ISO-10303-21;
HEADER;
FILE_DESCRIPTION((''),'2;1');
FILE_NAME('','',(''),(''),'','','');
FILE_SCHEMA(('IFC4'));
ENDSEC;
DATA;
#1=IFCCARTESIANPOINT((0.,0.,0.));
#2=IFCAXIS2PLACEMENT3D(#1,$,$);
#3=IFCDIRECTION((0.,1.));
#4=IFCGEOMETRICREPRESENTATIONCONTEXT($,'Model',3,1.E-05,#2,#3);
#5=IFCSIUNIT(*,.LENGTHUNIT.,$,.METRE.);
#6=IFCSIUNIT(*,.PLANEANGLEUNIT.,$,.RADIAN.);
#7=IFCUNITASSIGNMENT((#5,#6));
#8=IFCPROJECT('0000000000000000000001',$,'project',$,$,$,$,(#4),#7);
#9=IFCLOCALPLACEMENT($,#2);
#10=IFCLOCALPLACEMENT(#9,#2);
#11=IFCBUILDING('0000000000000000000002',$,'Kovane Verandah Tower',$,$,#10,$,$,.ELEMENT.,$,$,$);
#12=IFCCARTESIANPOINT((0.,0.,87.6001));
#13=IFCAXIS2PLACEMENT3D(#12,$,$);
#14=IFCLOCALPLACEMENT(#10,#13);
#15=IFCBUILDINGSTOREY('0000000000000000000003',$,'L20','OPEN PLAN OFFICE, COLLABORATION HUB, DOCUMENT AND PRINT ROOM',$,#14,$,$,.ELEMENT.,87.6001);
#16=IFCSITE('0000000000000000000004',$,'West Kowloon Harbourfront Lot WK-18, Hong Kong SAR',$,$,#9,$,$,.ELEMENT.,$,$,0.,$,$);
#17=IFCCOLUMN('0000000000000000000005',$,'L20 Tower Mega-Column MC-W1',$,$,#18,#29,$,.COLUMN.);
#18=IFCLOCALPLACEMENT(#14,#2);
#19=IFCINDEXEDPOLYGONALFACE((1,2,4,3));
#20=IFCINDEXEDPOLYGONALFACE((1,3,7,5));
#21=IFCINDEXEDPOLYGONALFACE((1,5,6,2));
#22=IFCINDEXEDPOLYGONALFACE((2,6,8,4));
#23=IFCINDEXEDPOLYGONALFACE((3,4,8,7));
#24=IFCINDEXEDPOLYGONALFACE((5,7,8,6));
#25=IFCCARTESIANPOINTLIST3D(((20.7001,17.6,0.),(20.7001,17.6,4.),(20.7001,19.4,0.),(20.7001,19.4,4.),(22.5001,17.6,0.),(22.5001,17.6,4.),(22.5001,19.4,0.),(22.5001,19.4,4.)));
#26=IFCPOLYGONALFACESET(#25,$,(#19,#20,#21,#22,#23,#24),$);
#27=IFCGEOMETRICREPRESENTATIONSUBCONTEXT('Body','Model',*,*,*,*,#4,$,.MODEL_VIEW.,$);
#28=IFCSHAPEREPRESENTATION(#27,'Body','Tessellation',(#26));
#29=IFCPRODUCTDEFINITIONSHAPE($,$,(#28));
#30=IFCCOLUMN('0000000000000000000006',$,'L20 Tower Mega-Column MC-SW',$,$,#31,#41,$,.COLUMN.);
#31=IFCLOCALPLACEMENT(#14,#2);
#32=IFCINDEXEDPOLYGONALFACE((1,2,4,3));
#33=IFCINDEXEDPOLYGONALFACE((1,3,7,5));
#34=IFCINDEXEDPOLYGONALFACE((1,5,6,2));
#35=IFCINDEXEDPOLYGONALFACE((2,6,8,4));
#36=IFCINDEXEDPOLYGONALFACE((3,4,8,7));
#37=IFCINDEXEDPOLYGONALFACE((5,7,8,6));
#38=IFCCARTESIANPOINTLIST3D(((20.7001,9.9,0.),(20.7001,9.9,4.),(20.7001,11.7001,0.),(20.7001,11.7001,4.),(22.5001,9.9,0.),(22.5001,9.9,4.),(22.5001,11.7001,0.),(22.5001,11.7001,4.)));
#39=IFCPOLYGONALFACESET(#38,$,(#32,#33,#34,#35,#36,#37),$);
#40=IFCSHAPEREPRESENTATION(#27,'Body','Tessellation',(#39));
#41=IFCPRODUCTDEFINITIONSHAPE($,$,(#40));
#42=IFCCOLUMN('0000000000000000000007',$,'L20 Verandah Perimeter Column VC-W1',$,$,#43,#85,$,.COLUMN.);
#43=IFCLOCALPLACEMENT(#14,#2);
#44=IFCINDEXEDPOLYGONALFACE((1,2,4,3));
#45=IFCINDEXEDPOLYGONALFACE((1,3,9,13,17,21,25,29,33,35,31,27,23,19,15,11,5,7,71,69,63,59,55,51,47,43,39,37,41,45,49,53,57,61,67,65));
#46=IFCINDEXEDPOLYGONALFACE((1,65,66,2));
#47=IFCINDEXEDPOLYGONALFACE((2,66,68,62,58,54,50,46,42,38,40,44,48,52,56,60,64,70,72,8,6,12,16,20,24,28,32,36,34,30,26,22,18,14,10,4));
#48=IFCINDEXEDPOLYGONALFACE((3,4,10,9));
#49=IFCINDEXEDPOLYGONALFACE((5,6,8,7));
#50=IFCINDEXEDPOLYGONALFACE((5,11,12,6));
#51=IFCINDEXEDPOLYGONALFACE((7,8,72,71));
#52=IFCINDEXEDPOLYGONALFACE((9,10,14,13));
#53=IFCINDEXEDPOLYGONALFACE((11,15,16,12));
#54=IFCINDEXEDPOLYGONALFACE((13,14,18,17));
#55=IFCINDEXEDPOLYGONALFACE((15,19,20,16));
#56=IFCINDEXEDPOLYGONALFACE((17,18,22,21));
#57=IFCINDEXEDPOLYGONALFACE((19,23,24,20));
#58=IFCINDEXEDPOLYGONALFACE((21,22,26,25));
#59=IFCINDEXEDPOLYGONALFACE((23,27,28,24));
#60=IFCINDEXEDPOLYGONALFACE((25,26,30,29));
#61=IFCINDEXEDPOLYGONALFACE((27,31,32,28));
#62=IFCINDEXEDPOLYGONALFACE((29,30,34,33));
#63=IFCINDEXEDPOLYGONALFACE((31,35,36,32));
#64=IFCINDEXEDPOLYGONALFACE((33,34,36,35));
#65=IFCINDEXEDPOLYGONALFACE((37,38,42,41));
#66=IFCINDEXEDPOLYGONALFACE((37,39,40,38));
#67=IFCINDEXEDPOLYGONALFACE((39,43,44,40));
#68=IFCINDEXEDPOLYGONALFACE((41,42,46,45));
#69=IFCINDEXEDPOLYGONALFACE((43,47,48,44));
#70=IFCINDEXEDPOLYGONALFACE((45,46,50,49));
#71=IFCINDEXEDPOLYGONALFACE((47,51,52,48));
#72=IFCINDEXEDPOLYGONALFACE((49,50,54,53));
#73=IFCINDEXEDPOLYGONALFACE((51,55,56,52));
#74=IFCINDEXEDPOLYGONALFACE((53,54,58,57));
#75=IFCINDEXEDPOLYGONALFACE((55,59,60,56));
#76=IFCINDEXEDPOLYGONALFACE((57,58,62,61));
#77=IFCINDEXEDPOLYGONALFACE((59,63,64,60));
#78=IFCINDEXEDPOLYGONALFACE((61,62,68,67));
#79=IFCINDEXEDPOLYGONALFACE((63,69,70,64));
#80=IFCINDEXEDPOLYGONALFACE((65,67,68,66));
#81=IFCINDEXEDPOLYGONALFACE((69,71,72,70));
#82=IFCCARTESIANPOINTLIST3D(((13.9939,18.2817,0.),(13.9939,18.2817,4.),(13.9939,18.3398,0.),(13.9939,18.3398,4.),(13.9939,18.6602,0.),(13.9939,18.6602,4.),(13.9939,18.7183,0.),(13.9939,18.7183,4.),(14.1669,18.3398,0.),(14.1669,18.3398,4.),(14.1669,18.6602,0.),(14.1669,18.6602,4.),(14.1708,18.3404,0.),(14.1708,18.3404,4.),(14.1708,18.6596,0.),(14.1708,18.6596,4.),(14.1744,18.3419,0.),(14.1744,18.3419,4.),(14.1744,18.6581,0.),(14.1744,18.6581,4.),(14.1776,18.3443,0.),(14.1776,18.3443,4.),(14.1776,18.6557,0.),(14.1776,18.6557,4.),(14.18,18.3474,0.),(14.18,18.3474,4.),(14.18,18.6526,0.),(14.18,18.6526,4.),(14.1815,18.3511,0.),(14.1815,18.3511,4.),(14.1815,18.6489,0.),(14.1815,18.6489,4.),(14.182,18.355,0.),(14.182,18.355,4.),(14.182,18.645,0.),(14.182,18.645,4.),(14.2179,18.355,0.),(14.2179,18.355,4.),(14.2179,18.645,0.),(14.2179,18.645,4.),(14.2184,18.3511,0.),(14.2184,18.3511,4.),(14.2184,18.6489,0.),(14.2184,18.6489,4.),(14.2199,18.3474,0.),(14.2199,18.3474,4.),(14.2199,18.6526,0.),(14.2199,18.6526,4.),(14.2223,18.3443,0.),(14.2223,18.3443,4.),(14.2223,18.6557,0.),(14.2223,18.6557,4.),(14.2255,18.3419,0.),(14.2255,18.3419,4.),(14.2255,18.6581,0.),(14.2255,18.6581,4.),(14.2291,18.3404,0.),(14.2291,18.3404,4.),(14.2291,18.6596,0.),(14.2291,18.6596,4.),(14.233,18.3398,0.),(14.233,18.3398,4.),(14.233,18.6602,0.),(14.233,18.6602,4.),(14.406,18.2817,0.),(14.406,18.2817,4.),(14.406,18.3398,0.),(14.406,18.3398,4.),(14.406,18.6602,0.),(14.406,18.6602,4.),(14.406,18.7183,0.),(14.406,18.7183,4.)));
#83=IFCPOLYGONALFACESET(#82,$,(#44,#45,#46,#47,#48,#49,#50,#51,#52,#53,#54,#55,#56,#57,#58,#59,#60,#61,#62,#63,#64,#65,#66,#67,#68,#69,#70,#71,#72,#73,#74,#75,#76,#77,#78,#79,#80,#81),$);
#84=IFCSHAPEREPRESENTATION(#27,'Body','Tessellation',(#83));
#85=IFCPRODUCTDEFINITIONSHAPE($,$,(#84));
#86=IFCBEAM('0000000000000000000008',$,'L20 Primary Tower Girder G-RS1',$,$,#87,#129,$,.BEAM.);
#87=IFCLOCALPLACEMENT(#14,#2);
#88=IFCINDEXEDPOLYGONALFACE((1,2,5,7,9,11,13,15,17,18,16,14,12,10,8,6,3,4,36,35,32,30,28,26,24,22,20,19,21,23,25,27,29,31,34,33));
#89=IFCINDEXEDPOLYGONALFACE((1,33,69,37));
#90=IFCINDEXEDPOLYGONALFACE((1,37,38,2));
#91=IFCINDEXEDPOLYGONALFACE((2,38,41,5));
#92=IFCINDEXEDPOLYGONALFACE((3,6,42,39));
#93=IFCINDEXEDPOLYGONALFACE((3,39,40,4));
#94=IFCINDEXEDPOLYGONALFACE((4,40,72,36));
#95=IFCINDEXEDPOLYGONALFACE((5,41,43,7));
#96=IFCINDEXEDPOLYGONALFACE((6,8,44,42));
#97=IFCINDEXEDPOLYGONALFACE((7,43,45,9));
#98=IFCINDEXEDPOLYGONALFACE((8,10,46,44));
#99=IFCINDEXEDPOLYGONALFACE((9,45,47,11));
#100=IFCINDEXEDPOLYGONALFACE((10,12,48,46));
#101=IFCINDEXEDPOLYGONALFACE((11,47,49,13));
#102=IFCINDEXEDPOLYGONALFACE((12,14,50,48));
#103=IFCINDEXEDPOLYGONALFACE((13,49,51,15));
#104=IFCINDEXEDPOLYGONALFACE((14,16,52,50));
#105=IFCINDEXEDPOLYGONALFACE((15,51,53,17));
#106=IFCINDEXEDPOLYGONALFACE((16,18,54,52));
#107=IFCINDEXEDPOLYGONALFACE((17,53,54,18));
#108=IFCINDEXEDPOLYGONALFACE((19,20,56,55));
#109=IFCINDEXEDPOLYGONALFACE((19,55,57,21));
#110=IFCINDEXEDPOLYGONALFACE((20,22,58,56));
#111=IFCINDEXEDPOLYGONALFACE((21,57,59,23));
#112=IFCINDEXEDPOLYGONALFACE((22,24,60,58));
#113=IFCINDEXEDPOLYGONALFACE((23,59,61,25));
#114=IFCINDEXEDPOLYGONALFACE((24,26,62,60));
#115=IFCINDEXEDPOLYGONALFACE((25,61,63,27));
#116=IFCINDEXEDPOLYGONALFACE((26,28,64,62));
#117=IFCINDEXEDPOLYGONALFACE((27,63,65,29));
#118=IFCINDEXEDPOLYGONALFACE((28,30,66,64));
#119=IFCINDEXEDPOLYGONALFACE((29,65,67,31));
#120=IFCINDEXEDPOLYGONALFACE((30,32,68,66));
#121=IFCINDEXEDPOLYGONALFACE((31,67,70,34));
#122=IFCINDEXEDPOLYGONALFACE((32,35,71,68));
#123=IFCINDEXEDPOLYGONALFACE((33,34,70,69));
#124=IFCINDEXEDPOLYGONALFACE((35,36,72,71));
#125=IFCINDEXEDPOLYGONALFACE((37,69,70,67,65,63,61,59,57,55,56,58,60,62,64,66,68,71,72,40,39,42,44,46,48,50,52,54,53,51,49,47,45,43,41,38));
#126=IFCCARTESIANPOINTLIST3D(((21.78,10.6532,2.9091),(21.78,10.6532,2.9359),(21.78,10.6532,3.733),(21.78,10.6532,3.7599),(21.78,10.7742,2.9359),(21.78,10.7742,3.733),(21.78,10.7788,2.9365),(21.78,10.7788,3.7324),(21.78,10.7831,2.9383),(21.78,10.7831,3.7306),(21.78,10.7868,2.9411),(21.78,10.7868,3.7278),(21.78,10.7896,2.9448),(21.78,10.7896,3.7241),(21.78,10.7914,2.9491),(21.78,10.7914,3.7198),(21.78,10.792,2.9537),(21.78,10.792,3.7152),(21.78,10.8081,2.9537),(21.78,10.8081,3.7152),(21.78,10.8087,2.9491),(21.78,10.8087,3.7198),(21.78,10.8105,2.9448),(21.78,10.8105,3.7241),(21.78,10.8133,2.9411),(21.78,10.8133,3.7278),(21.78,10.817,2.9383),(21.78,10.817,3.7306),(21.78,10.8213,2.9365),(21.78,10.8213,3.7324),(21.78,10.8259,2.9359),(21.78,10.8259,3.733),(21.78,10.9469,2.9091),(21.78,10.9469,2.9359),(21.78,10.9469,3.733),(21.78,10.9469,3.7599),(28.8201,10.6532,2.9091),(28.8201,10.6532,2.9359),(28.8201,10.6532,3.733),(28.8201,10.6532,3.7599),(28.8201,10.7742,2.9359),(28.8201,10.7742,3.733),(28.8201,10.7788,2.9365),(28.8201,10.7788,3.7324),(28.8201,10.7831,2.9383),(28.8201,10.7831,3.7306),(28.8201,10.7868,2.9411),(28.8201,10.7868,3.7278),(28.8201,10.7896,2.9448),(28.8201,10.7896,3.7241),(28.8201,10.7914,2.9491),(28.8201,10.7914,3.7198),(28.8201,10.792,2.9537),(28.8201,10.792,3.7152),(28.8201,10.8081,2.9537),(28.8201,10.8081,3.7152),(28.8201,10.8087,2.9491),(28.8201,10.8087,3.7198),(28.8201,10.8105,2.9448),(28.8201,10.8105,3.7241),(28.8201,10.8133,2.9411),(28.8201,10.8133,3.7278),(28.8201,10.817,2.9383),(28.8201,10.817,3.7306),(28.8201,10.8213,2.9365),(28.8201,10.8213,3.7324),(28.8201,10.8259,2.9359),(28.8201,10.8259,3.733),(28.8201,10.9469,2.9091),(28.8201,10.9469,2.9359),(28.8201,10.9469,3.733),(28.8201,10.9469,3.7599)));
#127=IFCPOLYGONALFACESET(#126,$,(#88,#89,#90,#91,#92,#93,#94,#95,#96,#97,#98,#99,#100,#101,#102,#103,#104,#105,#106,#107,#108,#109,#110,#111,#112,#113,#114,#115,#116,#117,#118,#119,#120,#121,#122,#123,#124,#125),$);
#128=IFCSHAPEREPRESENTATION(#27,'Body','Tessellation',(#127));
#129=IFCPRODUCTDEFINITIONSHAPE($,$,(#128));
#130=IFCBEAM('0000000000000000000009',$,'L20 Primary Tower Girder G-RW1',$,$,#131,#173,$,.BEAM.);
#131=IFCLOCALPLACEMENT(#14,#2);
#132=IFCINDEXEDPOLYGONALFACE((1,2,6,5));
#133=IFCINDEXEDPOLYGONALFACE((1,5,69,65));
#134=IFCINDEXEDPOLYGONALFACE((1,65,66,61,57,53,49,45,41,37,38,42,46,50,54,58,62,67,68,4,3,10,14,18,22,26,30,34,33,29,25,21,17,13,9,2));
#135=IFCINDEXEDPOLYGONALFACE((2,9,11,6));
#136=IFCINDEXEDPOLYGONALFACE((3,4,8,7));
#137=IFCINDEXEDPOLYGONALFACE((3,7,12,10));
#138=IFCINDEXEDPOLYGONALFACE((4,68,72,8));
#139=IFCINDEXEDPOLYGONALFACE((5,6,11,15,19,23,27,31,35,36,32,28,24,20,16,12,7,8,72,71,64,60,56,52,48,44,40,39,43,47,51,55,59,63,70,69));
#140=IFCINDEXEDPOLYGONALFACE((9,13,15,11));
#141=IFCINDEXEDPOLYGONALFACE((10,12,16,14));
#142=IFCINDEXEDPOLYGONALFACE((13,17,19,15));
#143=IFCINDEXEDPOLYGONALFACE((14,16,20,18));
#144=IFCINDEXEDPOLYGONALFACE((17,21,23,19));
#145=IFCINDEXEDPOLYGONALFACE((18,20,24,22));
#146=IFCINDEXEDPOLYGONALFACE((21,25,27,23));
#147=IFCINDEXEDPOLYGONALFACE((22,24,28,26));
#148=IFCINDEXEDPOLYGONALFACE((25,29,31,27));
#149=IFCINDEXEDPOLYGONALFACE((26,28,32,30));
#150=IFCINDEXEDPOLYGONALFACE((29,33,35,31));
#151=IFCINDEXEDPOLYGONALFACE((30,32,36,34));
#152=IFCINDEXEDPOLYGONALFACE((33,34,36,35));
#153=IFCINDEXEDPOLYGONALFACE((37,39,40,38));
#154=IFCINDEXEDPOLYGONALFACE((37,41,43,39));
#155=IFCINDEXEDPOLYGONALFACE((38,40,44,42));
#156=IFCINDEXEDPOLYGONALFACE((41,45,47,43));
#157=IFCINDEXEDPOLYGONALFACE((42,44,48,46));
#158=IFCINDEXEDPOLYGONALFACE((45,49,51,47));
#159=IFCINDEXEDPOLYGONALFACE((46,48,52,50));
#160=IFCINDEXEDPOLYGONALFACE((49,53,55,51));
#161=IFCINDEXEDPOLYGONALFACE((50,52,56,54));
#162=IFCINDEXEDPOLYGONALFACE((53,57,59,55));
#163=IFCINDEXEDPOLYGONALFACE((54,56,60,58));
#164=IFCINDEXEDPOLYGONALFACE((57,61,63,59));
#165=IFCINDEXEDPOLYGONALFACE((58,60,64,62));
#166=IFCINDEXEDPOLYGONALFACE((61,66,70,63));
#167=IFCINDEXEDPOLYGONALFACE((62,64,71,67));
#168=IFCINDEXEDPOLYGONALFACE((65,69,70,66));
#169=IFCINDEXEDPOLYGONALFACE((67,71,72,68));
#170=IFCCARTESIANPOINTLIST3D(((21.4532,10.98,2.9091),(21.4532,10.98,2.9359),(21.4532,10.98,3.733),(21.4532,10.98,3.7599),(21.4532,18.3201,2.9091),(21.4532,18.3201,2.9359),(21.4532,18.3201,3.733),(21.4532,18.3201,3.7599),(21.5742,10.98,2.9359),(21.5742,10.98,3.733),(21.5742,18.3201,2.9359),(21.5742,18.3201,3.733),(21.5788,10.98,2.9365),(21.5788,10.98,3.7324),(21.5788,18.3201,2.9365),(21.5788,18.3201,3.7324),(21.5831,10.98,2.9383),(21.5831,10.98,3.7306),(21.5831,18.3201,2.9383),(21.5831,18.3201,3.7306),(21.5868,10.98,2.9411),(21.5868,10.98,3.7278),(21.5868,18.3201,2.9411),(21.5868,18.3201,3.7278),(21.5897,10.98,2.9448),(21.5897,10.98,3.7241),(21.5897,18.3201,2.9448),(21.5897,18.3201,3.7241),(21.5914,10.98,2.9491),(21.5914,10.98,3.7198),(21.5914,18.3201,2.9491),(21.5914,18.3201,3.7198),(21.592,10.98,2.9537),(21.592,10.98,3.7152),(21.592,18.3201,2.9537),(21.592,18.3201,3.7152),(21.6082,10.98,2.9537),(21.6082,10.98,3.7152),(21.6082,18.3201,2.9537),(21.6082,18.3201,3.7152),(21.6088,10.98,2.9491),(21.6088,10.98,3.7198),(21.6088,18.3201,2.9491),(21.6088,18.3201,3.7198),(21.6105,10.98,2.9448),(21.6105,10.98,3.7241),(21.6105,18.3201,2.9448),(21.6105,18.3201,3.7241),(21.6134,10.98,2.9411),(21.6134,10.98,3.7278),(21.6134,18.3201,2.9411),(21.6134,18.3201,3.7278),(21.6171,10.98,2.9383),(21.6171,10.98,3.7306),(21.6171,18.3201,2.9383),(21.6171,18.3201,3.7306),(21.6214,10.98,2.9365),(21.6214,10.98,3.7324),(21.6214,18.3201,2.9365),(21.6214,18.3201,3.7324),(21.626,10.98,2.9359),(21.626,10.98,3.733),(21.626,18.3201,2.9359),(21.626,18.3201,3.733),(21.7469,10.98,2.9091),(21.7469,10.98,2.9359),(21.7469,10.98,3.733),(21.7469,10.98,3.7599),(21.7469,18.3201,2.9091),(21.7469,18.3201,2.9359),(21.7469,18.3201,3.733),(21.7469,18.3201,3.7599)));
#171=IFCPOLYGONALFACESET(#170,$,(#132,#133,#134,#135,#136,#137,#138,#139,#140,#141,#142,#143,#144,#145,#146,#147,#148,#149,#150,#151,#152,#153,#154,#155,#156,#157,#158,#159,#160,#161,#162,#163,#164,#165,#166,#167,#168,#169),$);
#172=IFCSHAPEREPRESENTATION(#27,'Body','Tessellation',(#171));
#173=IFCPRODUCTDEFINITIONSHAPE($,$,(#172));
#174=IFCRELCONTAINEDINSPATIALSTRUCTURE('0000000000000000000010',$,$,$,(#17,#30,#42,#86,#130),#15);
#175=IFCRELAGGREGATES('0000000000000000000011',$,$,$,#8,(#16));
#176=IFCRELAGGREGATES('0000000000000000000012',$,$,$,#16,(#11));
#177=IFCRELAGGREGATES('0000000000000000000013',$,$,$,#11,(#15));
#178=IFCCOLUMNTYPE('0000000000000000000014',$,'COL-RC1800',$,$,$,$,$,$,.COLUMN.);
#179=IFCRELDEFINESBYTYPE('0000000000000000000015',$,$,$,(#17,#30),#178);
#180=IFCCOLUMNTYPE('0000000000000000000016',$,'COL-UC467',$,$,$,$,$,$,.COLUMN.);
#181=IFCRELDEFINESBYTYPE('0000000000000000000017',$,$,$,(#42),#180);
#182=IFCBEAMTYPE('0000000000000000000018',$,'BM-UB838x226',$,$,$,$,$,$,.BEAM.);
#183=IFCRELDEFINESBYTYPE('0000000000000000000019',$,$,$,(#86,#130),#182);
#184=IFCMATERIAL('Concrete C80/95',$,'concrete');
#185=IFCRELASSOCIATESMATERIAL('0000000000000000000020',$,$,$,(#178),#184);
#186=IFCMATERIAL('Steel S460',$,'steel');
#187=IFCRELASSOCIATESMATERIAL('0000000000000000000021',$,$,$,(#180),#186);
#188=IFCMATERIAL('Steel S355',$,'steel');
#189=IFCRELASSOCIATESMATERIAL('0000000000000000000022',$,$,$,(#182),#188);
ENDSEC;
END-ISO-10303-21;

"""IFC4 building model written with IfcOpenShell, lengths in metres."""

from ifc_helpers import new_model, si_unit, direction, frame, origin, origin_2d, place, context, subcontext, project, spatial, rectangle, i_section, extrude, material, material_profile, profile_set, type_object, element, save


model = new_model("IFC4")

# Units and contexts
model_context = context("Model", 3, precision=1e-05, world=origin(), true_north=direction((0.0, 1.0)))
body_context = subcontext(model_context, "Body", "Model", "MODEL_VIEW")
ifc_project = project(units=[si_unit("LENGTHUNIT", "METRE"), si_unit("PLANEANGLEUNIT", "RADIAN")], contexts=[model_context])

# Site, building, storey
site_placement = place(None, origin())
site = spatial("IfcSite", under=ifc_project, at=site_placement, Name="West Kowloon Harbourfront Lot WK-18, Hong Kong SAR", CompositionType="ELEMENT", RefElevation=0.0)
building_placement = place(site_placement, origin())
building = spatial("IfcBuilding", under=site, at=building_placement, Name="Kovane Verandah Tower", CompositionType="ELEMENT")
storey_placement = place(building_placement, frame((0.0, 0.0, 87.6001)))
storey = spatial("IfcBuildingStorey", under=building, at=storey_placement, Name="L20", Description="OPEN PLAN OFFICE, COLLABORATION HUB, DOCUMENT AND PRINT ROOM", CompositionType="ELEMENT", Elevation=87.6001)

# Columns
ifc_material_1 = material(Name="Concrete C80/95", Category="concrete")
ifc_material_profile_1 = material_profile(ifc_material_1, rectangle(XDim=1.8, YDim=1.8, at=origin_2d()), Name="RC1800x1800")
ifc_profile_set_1 = profile_set([ifc_material_profile_1], Name="Concrete C80/95")
column_type_1 = type_object("IfcColumnType", Name="COL-RC1800", PredefinedType="COLUMN", material=ifc_profile_set_1)
for number, where, z_axis, x_axis, name in (
    (1, (21.6001, 18.5, 0.0), (0.0, 0.0, 1.0), (1.0, 0.0, 0.0), "L20 Tower Mega-Column MC-W1"),
    (2, (21.6001, 10.8, 0.0), (0.0, 0.0, 1.0), (1.0, 0.0, 0.0), "L20 Tower Mega-Column MC-SW"),
):
    element("IfcColumn", number, at=place(storey_placement, frame(where, z_axis=z_axis, x_axis=x_axis)), inside=storey, type_object=column_type_1, Name=name, PredefinedType="COLUMN", context=body_context, shape_type="SweptSolid", body=[
        extrude(rectangle(XDim=1.8, YDim=1.8, at=origin_2d()), origin(), (0.0, 0.0, 1.0), 4.0),
    ])
ifc_material_2 = material(Name="Steel S460", Category="steel")
ifc_material_profile_2 = material_profile(ifc_material_2, i_section(OverallWidth=0.4121, OverallDepth=0.4365, WebThickness=0.0359, FlangeThickness=0.0581, FilletRadius=0.0151, at=origin_2d()), Name="UC356x406x467")
ifc_profile_set_2 = profile_set([ifc_material_profile_2], Name="Steel S460")
column_type_2 = type_object("IfcColumnType", Name="COL-UC467", PredefinedType="COLUMN", material=ifc_profile_set_2)
column_placement = place(storey_placement, frame((14.2, 18.5, 0.0), z_axis=(0.0, 0.0, 1.0), x_axis=(1.0, 0.0, 0.0)))
element("IfcColumn", 3, at=column_placement, inside=storey, type_object=column_type_2, Name="L20 Verandah Perimeter Column VC-W1", PredefinedType="COLUMN", context=body_context, shape_type="SweptSolid", body=[
    extrude(i_section(OverallWidth=0.4121, OverallDepth=0.4365, WebThickness=0.0359, FlangeThickness=0.0581, FilletRadius=0.0151, at=origin_2d()), origin(), (0.0, 0.0, 1.0), 4.0),
])

# Beams
ifc_material_3 = material(Name="Steel S355", Category="steel")
ifc_material_profile_3 = material_profile(ifc_material_3, i_section(OverallWidth=0.2937, OverallDepth=0.8508, WebThickness=0.0161, FlangeThickness=0.0269, FilletRadius=0.0178, at=origin_2d()), Name="UB838x292x226")
ifc_profile_set_3 = profile_set([ifc_material_profile_3], Name="Steel S355")
beam_type_1 = type_object("IfcBeamType", Name="BM-UB838x226", PredefinedType="BEAM", material=ifc_profile_set_3)
beam_1_placement = place(storey_placement, frame((21.78, 10.8, 3.3345), z_axis=(1.0, 0.0, 0.0), x_axis=(0.0, 1.0, 0.0)))
element("IfcBeam", 4, at=beam_1_placement, inside=storey, type_object=beam_type_1, Name="L20 Primary Tower Girder G-RS1", PredefinedType="BEAM", context=body_context, shape_type="SweptSolid", body=[
    extrude(i_section(OverallWidth=0.2937, OverallDepth=0.8508, WebThickness=0.0161, FlangeThickness=0.0269, FilletRadius=0.0178, at=origin_2d()), origin(), (0.0, 0.0, 1.0), 7.04),
])
beam_2_placement = place(storey_placement, frame((21.6001, 10.98, 3.3345), z_axis=(0.0, 1.0, 0.0), x_axis=(-1.0, 0.0, 0.0)))
element("IfcBeam", 5, at=beam_2_placement, inside=storey, type_object=beam_type_1, Name="L20 Primary Tower Girder G-RW1", PredefinedType="BEAM", context=body_context, shape_type="SweptSolid", body=[
    extrude(i_section(OverallWidth=0.2937, OverallDepth=0.8508, WebThickness=0.0161, FlangeThickness=0.0269, FilletRadius=0.0178, at=origin_2d()), origin(), (0.0, 0.0, 1.0), 7.3401),
])

save(model, "model.ifc")
